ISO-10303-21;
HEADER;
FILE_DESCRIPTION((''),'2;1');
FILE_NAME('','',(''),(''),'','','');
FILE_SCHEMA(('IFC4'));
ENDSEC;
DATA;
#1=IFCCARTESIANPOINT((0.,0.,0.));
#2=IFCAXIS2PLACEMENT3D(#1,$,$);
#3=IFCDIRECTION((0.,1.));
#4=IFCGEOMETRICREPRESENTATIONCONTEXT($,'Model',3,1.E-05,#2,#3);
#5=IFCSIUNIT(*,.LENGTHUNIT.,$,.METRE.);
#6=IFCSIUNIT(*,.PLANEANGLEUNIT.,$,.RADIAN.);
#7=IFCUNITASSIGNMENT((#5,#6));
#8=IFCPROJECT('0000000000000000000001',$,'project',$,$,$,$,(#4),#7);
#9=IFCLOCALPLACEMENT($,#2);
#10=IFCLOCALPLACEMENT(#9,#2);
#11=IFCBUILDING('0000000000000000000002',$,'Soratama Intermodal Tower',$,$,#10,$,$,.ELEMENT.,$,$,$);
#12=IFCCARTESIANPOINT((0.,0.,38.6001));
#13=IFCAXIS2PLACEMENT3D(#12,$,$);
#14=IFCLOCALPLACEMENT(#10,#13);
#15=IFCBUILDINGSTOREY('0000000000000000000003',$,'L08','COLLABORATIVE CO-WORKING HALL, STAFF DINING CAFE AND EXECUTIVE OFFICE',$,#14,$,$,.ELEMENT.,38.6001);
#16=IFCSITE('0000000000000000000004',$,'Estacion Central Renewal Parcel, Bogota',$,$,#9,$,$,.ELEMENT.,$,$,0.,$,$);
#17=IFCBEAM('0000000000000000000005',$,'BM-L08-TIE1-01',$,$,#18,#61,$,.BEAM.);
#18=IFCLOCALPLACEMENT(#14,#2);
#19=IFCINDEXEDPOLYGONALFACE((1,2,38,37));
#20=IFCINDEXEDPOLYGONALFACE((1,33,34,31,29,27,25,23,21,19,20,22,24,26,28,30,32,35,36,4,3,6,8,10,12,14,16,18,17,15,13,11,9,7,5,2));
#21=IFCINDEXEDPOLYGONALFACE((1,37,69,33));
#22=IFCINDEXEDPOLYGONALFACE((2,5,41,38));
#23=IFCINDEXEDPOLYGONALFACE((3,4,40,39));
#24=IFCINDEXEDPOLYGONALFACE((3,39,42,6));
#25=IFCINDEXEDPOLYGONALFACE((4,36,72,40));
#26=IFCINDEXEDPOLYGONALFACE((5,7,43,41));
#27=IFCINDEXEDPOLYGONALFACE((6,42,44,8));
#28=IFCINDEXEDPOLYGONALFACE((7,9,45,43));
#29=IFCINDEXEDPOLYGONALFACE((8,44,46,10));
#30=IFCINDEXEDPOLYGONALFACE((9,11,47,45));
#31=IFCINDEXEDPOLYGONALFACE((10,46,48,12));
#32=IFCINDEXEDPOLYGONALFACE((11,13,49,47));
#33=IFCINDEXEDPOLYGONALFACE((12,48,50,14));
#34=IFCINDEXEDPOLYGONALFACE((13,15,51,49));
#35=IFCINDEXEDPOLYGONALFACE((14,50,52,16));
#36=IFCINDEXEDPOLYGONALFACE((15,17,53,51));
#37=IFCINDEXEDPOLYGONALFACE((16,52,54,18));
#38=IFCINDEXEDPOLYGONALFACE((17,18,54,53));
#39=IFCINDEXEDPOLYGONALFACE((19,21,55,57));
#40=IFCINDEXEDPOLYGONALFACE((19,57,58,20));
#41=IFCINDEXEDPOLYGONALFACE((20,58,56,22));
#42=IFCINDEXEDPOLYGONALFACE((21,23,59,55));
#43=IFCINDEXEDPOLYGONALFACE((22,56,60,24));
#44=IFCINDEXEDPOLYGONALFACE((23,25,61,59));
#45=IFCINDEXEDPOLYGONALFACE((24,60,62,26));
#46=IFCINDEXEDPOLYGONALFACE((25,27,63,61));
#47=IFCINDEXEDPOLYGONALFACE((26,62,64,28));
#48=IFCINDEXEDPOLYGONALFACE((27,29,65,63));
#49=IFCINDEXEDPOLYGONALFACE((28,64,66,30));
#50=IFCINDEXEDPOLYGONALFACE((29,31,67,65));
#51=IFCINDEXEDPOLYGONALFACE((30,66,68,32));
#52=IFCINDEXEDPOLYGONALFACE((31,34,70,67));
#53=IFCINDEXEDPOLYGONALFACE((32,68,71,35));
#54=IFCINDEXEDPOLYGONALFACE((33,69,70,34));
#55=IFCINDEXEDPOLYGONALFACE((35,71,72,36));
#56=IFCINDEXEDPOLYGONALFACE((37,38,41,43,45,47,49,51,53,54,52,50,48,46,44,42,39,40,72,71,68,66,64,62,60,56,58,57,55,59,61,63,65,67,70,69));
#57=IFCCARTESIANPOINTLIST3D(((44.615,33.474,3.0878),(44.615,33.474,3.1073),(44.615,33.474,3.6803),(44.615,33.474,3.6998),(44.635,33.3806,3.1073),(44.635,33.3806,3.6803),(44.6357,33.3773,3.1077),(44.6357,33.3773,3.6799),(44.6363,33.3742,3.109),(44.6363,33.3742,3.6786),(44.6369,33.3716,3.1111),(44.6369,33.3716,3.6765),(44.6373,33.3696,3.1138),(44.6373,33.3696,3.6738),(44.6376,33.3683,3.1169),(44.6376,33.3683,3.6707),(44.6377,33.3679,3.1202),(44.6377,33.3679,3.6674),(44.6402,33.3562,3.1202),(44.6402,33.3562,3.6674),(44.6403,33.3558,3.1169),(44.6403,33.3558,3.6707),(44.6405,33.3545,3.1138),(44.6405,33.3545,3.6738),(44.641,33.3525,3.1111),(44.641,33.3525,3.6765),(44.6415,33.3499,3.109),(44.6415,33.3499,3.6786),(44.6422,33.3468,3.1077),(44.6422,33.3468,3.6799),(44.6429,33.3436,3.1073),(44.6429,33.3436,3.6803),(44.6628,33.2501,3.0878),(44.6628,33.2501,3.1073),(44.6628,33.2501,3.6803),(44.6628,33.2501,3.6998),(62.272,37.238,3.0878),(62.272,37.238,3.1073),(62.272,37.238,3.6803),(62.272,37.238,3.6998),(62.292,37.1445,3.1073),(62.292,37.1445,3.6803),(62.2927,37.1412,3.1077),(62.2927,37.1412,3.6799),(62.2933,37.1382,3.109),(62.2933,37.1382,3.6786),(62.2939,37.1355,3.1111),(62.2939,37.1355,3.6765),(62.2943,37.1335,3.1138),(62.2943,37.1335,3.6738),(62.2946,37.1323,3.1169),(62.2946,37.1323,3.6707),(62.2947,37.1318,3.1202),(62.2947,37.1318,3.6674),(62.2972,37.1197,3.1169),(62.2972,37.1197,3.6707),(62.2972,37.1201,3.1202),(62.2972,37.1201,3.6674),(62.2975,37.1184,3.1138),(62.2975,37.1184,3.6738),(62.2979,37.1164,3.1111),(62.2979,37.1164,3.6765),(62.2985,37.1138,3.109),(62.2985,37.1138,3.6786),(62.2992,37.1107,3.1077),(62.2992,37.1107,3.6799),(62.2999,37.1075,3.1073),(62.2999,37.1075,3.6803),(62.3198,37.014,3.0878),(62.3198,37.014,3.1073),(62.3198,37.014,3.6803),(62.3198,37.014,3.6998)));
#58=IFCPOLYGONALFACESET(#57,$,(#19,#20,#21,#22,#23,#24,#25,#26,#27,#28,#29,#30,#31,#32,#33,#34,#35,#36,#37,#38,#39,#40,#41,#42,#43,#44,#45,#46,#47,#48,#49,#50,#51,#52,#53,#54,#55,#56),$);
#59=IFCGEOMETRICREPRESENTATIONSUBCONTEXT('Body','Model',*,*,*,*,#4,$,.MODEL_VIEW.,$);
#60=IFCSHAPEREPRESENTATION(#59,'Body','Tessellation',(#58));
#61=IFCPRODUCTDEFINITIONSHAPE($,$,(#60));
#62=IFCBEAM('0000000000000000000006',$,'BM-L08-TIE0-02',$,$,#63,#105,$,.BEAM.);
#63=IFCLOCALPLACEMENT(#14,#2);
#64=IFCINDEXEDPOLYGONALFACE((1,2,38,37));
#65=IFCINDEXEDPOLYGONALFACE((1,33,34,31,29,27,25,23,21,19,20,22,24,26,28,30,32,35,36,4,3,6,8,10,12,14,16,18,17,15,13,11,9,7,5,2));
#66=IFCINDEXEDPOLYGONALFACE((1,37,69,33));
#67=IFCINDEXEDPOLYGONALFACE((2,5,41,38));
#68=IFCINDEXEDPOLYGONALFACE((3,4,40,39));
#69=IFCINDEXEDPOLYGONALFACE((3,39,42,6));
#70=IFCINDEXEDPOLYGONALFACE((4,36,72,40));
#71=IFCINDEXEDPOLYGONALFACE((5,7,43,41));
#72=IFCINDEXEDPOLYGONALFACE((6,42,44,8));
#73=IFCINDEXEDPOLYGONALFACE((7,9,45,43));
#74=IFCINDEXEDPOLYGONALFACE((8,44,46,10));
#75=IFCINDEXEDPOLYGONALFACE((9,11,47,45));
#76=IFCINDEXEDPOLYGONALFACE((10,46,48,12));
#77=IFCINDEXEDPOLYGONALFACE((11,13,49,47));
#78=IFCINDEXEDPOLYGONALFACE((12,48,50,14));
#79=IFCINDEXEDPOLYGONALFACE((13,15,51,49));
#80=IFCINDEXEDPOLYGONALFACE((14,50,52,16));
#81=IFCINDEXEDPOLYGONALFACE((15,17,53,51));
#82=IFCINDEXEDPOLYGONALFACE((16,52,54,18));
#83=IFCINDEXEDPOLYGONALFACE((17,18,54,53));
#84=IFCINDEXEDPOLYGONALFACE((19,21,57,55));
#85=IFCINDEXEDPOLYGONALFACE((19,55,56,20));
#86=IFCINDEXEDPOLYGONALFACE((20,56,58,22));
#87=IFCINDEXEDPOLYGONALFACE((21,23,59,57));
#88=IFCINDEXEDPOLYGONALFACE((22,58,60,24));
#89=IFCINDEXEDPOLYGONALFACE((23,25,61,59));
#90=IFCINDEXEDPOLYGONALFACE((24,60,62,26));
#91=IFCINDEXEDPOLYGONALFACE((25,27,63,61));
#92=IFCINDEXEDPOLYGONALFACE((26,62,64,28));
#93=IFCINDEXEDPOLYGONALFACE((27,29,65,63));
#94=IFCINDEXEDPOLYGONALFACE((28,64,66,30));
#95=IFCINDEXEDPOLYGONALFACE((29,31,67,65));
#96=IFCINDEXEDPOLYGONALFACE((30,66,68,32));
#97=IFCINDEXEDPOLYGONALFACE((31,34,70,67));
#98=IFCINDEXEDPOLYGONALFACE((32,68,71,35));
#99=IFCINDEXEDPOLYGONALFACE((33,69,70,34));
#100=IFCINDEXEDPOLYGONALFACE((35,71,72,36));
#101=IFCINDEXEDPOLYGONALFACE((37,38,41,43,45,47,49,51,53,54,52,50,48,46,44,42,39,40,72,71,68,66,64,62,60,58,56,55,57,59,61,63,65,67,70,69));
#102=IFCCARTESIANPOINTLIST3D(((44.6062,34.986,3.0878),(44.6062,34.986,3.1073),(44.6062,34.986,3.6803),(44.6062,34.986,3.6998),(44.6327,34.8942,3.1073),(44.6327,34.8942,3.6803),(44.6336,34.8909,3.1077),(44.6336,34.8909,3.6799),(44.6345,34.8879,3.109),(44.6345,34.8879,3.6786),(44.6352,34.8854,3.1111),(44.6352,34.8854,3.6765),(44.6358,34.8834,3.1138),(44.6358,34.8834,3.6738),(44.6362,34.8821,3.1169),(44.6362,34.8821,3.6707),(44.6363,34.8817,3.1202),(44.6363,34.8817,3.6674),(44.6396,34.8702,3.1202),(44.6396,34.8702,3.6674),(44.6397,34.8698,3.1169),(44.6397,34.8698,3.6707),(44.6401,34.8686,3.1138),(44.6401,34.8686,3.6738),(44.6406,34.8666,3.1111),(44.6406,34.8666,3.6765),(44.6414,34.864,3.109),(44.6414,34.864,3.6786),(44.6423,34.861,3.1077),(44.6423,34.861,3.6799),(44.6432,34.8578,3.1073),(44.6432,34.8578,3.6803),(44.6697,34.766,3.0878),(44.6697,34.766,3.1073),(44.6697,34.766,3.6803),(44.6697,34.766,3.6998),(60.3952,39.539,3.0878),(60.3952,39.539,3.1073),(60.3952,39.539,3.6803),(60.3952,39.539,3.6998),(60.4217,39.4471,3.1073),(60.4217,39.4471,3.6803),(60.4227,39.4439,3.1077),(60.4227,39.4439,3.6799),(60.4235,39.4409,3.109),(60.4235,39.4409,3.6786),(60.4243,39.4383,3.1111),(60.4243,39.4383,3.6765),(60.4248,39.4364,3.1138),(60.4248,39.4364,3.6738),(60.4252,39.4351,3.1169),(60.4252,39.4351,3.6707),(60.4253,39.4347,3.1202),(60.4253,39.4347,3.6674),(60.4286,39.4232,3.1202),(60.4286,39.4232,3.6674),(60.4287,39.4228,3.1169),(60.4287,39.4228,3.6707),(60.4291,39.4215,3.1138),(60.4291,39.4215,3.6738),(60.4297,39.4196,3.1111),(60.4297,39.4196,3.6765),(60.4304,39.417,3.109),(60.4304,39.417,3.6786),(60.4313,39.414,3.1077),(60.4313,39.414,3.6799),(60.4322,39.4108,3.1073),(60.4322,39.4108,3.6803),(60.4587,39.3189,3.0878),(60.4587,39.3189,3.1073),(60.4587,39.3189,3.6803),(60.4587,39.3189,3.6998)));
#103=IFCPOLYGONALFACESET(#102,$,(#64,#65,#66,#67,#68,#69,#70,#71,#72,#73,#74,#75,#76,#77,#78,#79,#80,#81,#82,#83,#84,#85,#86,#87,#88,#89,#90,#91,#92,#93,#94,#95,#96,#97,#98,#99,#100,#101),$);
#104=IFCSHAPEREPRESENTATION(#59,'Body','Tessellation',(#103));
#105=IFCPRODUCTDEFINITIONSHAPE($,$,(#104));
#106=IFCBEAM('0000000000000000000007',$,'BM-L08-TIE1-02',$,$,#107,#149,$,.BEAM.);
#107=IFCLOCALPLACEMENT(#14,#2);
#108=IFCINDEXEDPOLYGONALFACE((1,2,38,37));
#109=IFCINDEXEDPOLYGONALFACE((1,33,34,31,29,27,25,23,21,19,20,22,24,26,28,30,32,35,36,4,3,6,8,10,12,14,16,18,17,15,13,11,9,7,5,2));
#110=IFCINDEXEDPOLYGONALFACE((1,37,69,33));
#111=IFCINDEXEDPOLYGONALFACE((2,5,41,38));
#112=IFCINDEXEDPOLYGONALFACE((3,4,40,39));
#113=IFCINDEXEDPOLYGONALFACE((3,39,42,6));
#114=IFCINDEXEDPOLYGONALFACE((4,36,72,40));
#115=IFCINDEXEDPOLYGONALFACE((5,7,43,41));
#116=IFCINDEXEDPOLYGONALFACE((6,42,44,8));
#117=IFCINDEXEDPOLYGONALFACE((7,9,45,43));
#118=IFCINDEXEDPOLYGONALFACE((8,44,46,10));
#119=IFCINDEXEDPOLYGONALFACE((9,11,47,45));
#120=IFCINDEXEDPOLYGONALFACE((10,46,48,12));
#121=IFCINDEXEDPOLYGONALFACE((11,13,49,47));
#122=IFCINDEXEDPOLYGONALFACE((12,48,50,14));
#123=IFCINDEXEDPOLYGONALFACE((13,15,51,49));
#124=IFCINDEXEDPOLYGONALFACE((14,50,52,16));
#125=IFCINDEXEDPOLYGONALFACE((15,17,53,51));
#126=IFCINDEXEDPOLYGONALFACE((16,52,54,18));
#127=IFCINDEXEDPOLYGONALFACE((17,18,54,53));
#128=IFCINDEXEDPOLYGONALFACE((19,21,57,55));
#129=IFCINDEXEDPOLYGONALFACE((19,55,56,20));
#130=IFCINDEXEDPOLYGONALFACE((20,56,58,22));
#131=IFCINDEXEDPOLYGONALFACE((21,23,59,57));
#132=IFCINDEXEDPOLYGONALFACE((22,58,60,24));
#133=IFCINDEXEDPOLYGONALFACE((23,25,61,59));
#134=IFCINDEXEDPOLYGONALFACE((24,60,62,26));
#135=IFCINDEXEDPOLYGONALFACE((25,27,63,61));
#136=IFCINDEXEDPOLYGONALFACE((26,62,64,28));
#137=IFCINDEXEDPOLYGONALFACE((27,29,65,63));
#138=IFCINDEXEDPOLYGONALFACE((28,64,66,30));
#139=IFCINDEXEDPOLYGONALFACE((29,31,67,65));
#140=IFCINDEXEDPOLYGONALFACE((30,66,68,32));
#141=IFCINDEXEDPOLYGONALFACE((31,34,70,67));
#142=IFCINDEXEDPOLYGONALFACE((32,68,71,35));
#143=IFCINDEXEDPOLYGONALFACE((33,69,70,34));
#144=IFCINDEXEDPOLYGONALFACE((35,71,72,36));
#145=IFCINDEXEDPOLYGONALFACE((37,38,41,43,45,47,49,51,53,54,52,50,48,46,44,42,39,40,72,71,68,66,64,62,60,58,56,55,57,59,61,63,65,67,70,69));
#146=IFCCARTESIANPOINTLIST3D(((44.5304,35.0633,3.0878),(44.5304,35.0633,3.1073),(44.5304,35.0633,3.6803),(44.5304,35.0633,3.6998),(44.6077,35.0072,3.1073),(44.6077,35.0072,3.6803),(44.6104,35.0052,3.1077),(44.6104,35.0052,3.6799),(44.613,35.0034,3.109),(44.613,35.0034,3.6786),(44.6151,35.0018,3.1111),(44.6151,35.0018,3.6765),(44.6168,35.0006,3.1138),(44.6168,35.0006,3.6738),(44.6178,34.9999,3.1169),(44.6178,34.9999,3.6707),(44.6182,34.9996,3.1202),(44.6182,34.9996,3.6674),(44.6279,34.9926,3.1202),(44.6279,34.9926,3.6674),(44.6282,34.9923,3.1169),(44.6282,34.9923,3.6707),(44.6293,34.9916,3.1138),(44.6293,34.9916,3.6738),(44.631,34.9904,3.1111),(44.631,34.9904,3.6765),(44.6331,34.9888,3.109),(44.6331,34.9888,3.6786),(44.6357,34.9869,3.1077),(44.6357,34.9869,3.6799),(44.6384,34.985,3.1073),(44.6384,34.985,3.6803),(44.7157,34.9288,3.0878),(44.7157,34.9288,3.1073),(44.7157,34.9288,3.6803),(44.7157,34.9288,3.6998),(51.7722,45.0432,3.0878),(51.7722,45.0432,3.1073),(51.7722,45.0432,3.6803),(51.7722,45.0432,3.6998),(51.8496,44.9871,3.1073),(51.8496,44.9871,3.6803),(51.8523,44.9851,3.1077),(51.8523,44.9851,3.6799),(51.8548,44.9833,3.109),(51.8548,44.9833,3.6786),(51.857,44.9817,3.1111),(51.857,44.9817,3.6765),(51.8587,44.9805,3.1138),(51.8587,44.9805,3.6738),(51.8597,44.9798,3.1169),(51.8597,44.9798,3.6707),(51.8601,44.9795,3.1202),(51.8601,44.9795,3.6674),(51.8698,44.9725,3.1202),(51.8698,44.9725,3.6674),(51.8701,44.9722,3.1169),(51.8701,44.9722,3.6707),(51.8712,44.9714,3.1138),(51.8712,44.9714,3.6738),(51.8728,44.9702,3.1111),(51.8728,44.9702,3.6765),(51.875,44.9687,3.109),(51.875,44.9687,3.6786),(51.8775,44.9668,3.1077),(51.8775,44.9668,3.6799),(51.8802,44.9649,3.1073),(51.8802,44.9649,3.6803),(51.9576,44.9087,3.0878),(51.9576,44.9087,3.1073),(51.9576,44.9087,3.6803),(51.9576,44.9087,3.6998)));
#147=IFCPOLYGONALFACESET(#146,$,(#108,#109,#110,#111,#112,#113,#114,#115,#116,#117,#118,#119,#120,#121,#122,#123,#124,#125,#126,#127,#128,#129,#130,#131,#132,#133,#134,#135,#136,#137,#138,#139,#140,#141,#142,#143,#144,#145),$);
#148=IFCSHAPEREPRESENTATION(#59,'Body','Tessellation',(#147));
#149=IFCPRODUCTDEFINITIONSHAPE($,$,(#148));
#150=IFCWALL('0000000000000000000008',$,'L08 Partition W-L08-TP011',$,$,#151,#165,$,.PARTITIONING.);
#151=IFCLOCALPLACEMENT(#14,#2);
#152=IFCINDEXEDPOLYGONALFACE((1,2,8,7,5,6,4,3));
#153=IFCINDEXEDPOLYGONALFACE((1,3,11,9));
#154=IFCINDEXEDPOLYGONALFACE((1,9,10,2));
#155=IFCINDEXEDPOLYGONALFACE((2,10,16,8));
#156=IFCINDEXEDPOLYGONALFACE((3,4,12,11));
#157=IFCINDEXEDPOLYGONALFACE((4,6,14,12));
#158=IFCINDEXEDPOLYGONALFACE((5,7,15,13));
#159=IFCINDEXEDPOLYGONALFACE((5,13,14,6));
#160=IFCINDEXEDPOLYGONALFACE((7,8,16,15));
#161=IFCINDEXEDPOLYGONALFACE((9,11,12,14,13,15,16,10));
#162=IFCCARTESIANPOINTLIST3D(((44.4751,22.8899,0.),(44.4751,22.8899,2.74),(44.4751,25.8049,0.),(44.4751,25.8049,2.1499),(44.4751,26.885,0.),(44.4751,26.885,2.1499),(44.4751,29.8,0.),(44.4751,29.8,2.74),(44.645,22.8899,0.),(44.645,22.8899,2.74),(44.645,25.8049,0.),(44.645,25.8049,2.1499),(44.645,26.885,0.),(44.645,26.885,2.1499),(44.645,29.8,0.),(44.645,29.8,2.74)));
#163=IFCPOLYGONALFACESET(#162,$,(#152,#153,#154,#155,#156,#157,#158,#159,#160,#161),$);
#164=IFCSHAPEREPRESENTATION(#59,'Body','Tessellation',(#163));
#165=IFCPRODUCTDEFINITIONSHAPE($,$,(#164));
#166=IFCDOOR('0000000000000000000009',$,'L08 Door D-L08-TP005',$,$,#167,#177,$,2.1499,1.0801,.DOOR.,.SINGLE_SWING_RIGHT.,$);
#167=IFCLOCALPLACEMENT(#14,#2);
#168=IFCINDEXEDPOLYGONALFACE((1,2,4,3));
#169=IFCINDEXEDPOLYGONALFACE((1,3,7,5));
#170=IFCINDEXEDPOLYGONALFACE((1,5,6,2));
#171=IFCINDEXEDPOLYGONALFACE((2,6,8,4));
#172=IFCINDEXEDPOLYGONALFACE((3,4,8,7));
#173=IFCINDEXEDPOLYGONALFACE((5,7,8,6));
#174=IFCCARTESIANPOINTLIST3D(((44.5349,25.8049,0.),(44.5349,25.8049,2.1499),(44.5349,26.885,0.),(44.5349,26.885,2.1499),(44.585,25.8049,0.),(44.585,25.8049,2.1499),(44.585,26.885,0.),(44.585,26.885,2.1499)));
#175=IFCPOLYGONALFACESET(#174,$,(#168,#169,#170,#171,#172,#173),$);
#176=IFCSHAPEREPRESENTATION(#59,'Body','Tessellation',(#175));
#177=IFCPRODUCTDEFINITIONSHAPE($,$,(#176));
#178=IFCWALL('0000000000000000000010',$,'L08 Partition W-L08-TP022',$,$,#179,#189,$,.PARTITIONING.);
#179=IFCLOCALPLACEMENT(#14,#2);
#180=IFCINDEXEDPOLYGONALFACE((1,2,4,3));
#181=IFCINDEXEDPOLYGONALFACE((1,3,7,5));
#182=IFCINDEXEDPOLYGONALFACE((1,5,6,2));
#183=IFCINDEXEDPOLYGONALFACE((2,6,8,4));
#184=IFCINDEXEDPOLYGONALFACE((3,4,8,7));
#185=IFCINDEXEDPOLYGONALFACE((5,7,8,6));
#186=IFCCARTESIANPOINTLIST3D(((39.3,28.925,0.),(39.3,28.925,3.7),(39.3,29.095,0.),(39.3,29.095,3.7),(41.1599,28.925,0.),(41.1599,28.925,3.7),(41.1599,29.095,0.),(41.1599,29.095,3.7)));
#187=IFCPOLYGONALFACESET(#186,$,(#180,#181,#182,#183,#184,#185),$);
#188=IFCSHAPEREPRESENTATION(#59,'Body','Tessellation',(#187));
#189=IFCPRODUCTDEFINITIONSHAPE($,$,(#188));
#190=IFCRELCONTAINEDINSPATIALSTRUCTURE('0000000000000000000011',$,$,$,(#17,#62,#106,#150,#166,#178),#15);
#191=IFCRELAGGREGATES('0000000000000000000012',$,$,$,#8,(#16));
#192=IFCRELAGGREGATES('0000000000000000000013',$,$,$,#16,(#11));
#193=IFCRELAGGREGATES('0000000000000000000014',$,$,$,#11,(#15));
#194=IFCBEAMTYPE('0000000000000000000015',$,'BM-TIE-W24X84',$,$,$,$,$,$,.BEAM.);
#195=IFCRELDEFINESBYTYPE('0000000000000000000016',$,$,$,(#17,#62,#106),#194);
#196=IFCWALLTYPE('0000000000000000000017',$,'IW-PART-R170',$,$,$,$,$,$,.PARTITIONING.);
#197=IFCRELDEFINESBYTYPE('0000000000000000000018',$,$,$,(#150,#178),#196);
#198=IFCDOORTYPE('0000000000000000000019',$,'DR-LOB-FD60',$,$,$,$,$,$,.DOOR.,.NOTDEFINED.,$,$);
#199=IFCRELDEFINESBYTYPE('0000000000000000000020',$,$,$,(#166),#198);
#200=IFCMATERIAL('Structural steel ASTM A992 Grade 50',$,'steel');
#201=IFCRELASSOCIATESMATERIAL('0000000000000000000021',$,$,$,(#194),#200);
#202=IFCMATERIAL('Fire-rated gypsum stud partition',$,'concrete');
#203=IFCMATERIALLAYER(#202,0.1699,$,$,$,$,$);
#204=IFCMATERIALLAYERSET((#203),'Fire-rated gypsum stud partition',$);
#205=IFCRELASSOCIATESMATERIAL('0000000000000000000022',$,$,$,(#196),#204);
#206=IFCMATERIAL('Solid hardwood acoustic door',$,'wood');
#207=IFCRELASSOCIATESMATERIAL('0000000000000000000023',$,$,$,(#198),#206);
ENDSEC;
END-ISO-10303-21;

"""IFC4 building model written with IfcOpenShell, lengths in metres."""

from ifc_helpers import new_model, si_unit, direction, frame, frame_2d, origin, origin_2d, place, context, subcontext, project, spatial, rectangle, i_section, extrude, material, layer, layer_set, material_profile, profile_set, type_object, element, fill, save


model = new_model("IFC4")

# Units and contexts
model_context = context("Model", 3, precision=1e-05, world=origin(), true_north=direction((0.0, 1.0)))
body_context = subcontext(model_context, "Body", "Model", "MODEL_VIEW")
ifc_project = project(units=[si_unit("LENGTHUNIT", "METRE"), si_unit("PLANEANGLEUNIT", "RADIAN")], contexts=[model_context])

# Site, building, storey
site_placement = place(None, origin())
site = spatial("IfcSite", under=ifc_project, at=site_placement, Name="Estacion Central Renewal Parcel, Bogota", CompositionType="ELEMENT", RefElevation=0.0)
building_placement = place(site_placement, origin())
building = spatial("IfcBuilding", under=site, at=building_placement, Name="Soratama Intermodal Tower", CompositionType="ELEMENT")
storey_placement = place(building_placement, frame((0.0, 0.0, 38.6001)))
storey = spatial("IfcBuildingStorey", under=building, at=storey_placement, Name="L08", Description="COLLABORATIVE CO-WORKING HALL, STAFF DINING CAFE AND EXECUTIVE OFFICE", CompositionType="ELEMENT", Elevation=38.6001)

# Beams
ifc_material_1 = material(Name="Structural steel ASTM A992 Grade 50", Category="steel")
ifc_material_profile_1 = material_profile(ifc_material_1, i_section(OverallWidth=0.229, OverallDepth=0.6121, WebThickness=0.012, FlangeThickness=0.0195, FilletRadius=0.0129, at=origin_2d()), Name="W24X84")
ifc_profile_set_1 = profile_set([ifc_material_profile_1], Name="Structural steel ASTM A992 Grade 50")
beam_type_1 = type_object("IfcBeamType", Name="BM-TIE-W24X84", PredefinedType="BEAM", material=ifc_profile_set_1)
beam_1_placement = place(storey_placement, frame((44.6389, 33.3621, 3.3938), z_axis=(0.978026, 0.208484, 0.0), x_axis=(-0.208484, 0.978026, 0.0)))
element("IfcBeam", 1, at=beam_1_placement, inside=storey, type_object=beam_type_1, Name="BM-L08-TIE1-01", PredefinedType="BEAM", context=body_context, shape_type="SweptSolid", body=[
    extrude(i_section(OverallWidth=0.229, OverallDepth=0.6121, WebThickness=0.012, FlangeThickness=0.0195, FilletRadius=0.0129, at=origin_2d()), origin(), (0.0, 0.0, 1.0), 18.0537),
])
beam_2_placement = place(storey_placement, frame((44.6379, 34.876, 3.3938), z_axis=(0.960849, 0.277073, 0.0), x_axis=(-0.277073, 0.960849, 0.0)))
element("IfcBeam", 2, at=beam_2_placement, inside=storey, type_object=beam_type_1, Name="BM-L08-TIE0-02", PredefinedType="BEAM", context=body_context, shape_type="SweptSolid", body=[
    extrude(i_section(OverallWidth=0.229, OverallDepth=0.6121, WebThickness=0.012, FlangeThickness=0.0195, FilletRadius=0.0129, at=origin_2d()), origin(), (0.0, 0.0, 1.0), 16.4324),
])
beam_3_placement = place(storey_placement, frame((44.623, 34.9961, 3.3938), z_axis=(0.587311, 0.809362, 0.0), x_axis=(-0.809362, 0.587311, 0.0)))
element("IfcBeam", 3, at=beam_3_placement, inside=storey, type_object=beam_type_1, Name="BM-L08-TIE1-02", PredefinedType="BEAM", context=body_context, shape_type="SweptSolid", body=[
    extrude(i_section(OverallWidth=0.229, OverallDepth=0.6121, WebThickness=0.012, FlangeThickness=0.0195, FilletRadius=0.0129, at=origin_2d()), origin(), (0.0, 0.0, 1.0), 12.3306),
])

# Wall, opening, door
ifc_material_2 = material(Name="Fire-rated gypsum stud partition", Category="concrete")
ifc_layer_1 = layer(ifc_material_2, 0.1699)
ifc_layer_set_1 = layer_set([ifc_layer_1], Name="Fire-rated gypsum stud partition")
wall_type_1 = type_object("IfcWallType", Name="IW-PART-R170", PredefinedType="PARTITIONING", material=ifc_layer_set_1)
wall_1_placement = place(storey_placement, frame((44.5601, 29.8, 0.0), z_axis=(0.0, 0.0, 1.0), x_axis=(0.0, -1.0, 0.0)))
wall_1 = element("IfcWall", 4, at=wall_1_placement, inside=storey, type_object=wall_type_1, Name="L08 Partition W-L08-TP011", PredefinedType="PARTITIONING", context=body_context, shape_type="SweptSolid", body=[
    extrude(rectangle(XDim=6.9102, YDim=0.1699, at=frame_2d((3.4551, 0.0))), origin(), (0.0, 0.0, 1.0), 2.74),
])
opening_1_placement = place(wall_1_placement, frame((2.915, 0.0, 0.0)))
opening_1 = element("IfcOpeningElement", 5, at=opening_1_placement, cuts=wall_1, PredefinedType="OPENING", context=body_context, shape_type="SweptSolid", body=[
    extrude(rectangle(XDim=1.0801, YDim=2.1499, at=frame_2d((0.54, 1.075))), frame((0.0, 0.095, 0.0), z_axis=(0.0, -1.0, 0.0), x_axis=(1.0, 0.0, 0.0)), (0.0, 0.0, 1.0), 0.1899),
])
ifc_material_3 = material(Name="Solid hardwood acoustic door", Category="wood")
door_type_1 = type_object("IfcDoorType", Name="DR-LOB-FD60", OperationType="NOTDEFINED", PredefinedType="DOOR", material=ifc_material_3)
door_1_placement = place(opening_1_placement, origin())
door_1 = element("IfcDoor", 6, at=door_1_placement, inside=storey, type_object=door_type_1, Name="L08 Door D-L08-TP005", OperationType="SINGLE_SWING_RIGHT", OverallHeight=2.1499, OverallWidth=1.0801, PredefinedType="DOOR", context=body_context, shape_type="SweptSolid", body=[
    extrude(rectangle(XDim=1.0801, YDim=2.1499, at=frame_2d((0.54, 1.075))), frame((0.0, 0.0249, 0.0), z_axis=(0.0, -1.0, 0.0), x_axis=(1.0, 0.0, 0.0)), (0.0, 0.0, 1.0), 0.05),
])
fill(opening_1, door_1)

# Wall
wall_2_placement = place(storey_placement, frame((39.3, 29.01, 0.0), z_axis=(0.0, 0.0, 1.0), x_axis=(1.0, 0.0, 0.0)))
element("IfcWall", 7, at=wall_2_placement, inside=storey, type_object=wall_type_1, Name="L08 Partition W-L08-TP022", PredefinedType="PARTITIONING", context=body_context, shape_type="SweptSolid", body=[
    extrude(rectangle(XDim=1.8599, YDim=0.1699, at=frame_2d((0.9299, 0.0))), origin(), (0.0, 0.0, 1.0), 3.7),
])

save(model, "model.ifc")
